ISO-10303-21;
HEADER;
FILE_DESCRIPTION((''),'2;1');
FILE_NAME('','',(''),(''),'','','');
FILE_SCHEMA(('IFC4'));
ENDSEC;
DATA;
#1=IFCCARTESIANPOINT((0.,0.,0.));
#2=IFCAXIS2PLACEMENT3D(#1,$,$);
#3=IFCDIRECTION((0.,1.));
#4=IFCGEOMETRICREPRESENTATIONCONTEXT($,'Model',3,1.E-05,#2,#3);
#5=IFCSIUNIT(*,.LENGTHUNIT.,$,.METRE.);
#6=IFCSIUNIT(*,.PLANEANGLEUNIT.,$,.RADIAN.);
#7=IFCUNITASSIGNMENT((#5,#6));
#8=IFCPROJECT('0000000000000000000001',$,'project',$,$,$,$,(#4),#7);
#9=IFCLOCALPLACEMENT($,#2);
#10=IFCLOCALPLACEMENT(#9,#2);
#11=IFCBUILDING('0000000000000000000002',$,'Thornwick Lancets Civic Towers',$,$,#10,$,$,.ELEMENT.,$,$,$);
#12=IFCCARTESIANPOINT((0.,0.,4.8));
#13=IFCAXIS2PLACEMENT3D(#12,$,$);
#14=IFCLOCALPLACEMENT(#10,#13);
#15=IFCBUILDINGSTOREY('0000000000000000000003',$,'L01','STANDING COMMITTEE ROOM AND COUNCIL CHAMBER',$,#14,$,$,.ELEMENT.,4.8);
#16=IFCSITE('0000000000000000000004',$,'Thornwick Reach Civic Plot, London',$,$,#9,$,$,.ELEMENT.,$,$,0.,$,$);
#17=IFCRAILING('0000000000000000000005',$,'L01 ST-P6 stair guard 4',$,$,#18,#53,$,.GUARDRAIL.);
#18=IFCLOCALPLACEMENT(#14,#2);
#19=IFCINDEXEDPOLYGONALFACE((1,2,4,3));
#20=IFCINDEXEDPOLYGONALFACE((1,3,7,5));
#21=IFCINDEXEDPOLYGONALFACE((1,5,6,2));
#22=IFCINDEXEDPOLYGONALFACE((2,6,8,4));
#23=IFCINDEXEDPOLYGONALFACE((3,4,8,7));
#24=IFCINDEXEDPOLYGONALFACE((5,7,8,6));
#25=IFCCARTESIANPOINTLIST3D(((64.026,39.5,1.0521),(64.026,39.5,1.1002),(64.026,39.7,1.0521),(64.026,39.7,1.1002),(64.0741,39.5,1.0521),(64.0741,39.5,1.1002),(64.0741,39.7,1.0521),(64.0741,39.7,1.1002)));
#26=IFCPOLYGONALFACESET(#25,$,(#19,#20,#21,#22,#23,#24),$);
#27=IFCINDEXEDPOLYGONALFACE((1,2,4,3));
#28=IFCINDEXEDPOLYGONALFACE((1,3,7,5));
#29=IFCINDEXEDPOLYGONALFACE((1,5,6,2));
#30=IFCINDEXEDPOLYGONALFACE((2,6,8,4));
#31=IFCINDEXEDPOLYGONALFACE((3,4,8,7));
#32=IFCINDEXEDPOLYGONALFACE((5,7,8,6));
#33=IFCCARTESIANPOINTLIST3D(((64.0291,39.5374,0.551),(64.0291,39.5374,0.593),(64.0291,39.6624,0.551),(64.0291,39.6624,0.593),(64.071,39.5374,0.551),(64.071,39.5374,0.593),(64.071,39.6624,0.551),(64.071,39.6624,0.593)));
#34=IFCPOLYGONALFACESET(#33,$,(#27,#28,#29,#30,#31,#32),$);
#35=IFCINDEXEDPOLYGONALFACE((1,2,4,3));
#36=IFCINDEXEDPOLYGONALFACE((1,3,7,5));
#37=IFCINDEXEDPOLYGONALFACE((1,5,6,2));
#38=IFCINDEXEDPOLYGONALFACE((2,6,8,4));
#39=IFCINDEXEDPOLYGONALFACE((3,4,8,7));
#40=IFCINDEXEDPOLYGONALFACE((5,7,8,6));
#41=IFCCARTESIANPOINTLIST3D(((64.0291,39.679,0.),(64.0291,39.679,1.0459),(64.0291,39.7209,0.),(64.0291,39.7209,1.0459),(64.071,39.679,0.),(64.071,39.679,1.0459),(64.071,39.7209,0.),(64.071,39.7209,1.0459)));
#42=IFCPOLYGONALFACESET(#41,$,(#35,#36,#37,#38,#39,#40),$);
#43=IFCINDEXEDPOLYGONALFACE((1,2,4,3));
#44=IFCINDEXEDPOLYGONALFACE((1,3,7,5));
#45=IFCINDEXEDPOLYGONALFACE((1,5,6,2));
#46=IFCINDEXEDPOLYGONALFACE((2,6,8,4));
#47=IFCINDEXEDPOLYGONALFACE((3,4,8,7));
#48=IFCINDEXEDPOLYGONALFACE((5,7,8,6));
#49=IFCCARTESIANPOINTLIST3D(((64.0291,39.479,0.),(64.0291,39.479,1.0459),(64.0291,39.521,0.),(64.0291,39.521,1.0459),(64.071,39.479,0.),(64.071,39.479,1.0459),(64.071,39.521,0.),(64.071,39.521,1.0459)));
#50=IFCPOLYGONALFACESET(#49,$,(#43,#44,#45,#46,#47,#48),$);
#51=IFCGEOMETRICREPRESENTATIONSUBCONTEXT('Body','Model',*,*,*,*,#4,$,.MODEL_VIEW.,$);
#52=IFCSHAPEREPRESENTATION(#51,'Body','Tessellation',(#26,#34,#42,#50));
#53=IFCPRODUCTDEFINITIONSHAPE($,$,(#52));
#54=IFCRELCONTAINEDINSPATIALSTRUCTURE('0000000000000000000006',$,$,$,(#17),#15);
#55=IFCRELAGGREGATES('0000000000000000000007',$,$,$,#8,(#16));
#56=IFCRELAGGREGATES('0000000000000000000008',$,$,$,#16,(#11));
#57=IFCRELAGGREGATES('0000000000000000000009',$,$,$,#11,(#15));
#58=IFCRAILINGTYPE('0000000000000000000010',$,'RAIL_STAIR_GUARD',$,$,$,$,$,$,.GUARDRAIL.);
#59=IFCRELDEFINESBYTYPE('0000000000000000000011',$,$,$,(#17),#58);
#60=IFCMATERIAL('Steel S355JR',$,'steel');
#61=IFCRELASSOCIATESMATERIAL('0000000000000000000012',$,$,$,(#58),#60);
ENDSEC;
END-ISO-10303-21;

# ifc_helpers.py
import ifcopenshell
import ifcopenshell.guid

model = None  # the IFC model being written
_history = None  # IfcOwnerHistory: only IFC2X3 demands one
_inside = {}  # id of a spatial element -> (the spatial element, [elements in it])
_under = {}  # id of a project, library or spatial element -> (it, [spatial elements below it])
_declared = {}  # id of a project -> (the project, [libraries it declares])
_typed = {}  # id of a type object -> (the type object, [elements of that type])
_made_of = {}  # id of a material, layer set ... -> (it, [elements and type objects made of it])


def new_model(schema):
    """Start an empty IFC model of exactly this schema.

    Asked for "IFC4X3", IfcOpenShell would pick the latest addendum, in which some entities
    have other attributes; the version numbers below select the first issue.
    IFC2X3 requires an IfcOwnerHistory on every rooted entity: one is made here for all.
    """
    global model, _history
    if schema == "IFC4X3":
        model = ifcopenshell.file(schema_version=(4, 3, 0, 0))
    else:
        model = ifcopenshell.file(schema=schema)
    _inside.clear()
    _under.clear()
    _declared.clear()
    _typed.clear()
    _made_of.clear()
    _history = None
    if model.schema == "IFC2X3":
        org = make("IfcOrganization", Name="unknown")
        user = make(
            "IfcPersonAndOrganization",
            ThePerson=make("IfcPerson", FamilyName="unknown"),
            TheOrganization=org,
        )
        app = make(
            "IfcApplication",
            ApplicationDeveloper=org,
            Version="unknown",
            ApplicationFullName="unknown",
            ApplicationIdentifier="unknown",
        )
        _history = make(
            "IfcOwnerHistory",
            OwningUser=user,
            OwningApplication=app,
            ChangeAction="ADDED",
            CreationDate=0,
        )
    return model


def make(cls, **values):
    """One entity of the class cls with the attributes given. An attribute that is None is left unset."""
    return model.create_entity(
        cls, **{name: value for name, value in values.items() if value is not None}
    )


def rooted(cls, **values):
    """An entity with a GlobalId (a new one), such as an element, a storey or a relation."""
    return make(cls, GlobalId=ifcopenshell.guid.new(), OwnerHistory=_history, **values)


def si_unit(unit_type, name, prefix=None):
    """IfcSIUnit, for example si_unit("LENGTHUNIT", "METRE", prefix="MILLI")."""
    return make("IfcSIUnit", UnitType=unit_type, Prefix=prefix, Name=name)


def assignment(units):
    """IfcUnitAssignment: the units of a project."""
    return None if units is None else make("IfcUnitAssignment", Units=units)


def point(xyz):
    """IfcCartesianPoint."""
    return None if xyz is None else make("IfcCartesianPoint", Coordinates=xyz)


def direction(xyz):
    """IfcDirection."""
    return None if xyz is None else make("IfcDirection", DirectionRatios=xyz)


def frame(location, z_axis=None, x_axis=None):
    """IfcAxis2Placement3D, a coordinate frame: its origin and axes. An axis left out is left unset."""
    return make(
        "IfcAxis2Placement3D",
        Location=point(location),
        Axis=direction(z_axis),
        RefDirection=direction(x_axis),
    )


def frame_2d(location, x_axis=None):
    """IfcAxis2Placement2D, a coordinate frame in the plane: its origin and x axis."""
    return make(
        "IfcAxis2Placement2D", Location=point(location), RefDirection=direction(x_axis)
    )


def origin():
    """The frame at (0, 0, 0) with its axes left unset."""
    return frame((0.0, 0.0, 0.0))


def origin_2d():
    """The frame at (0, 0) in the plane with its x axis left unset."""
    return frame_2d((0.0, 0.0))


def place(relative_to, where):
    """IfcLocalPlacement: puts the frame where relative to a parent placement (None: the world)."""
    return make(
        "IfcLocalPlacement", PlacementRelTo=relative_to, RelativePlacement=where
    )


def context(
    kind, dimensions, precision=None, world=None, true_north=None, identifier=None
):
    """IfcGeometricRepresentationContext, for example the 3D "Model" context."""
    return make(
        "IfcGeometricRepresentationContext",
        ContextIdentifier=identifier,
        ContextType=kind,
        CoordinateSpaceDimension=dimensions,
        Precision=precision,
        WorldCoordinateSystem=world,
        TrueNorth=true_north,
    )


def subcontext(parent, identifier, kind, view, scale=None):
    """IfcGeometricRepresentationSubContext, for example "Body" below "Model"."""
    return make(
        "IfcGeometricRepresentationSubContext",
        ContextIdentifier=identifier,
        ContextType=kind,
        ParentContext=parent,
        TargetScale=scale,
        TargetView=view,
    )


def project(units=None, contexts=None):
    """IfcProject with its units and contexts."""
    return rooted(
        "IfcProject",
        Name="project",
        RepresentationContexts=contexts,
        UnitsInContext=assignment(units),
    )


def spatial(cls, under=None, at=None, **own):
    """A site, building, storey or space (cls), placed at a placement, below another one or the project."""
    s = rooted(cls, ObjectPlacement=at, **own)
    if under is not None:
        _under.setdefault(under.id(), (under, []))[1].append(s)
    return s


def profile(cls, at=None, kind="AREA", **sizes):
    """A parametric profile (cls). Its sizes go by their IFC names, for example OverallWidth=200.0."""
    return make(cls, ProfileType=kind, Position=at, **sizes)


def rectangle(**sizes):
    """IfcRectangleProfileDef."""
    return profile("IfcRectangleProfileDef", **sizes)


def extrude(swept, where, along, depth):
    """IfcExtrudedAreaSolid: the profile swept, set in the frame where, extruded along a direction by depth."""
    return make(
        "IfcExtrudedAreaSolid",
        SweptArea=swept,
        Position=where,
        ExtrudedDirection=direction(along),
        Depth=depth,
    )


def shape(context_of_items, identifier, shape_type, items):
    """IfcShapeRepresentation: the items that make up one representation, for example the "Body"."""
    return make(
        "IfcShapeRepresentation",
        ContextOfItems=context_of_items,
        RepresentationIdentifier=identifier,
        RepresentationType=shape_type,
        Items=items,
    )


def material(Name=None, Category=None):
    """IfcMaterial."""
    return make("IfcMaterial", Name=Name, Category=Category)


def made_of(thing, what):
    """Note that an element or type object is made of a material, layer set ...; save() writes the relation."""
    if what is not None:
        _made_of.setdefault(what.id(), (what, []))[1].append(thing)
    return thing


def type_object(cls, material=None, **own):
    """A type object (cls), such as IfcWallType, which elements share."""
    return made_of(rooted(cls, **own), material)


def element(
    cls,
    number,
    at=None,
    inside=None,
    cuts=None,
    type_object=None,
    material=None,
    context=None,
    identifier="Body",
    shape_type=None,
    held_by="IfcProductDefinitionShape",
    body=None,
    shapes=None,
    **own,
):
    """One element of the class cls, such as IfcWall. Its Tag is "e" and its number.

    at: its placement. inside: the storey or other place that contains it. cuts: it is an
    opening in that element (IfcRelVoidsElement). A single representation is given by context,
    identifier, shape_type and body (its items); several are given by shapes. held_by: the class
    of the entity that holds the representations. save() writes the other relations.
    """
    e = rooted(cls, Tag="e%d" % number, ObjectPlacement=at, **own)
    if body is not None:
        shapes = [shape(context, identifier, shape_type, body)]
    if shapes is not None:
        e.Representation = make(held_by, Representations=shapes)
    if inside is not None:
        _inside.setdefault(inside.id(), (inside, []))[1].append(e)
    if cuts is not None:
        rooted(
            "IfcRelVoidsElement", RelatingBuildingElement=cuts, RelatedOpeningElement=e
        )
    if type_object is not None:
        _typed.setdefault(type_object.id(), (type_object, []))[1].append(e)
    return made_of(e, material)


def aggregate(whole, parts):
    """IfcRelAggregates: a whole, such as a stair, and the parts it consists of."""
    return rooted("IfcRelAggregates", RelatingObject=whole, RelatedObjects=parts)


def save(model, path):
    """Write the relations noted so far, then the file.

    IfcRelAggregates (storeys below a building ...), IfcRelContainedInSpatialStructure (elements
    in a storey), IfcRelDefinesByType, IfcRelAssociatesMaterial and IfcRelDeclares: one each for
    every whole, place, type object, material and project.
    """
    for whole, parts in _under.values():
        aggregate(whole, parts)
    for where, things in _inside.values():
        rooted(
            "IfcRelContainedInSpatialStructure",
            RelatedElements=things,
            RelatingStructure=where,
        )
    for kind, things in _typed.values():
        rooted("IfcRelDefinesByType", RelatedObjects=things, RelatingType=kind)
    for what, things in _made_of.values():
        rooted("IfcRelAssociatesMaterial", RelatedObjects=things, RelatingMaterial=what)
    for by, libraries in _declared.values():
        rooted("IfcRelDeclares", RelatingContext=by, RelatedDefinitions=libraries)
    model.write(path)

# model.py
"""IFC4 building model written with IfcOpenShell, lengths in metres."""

from ifc_helpers import new_model, si_unit, direction, frame, origin, origin_2d, place, context, subcontext, project, spatial, rectangle, extrude, material, type_object, element, save


model = new_model("IFC4")

# Units and contexts
model_context = context("Model", 3, precision=1e-05, world=origin(), true_north=direction((0.0, 1.0)))
body_context = subcontext(model_context, "Body", "Model", "MODEL_VIEW")
ifc_project = project(units=[si_unit("LENGTHUNIT", "METRE"), si_unit("PLANEANGLEUNIT", "RADIAN")], contexts=[model_context])

# Site, building, storey
site_placement = place(None, origin())
site = spatial("IfcSite", under=ifc_project, at=site_placement, Name="Thornwick Reach Civic Plot, London", CompositionType="ELEMENT", RefElevation=0.0)
building_placement = place(site_placement, origin())
building = spatial("IfcBuilding", under=site, at=building_placement, Name="Thornwick Lancets Civic Towers", CompositionType="ELEMENT")
storey_placement = place(building_placement, frame((0.0, 0.0, 4.8)))
storey = spatial("IfcBuildingStorey", under=building, at=storey_placement, Name="L01", Description="STANDING COMMITTEE ROOM AND COUNCIL CHAMBER", CompositionType="ELEMENT", Elevation=4.8)

# Shared definitions
ifc_material_1 = material(Name="Steel S355JR", Category="steel")

# Railing
railing_type_1 = type_object("IfcRailingType", Name="RAIL_STAIR_GUARD", PredefinedType="GUARDRAIL", material=ifc_material_1)
railing_1_placement = place(storey_placement, frame((64.05, 39.7, 0.0)))
element("IfcRailing", 1, at=railing_1_placement, inside=storey, type_object=railing_type_1, Name="L01 ST-P6 stair guard 4", PredefinedType="GUARDRAIL", context=body_context, shape_type="SweptSolid", body=[
    extrude(rectangle(XDim=0.0481, YDim=0.0481, at=origin_2d()), frame((0.0, 0.0, 1.0762), z_axis=(0.0, -1.0, 0.0), x_axis=(1.0, 0.0, 0.0)), (0.0, 0.0, 1.0), 0.2),
    extrude(rectangle(XDim=0.042, YDim=0.042, at=origin_2d()), frame((0.0, -0.0376, 0.572), z_axis=(0.0, -1.0, 0.0), x_axis=(1.0, 0.0, 0.0)), (0.0, 0.0, 1.0), 0.125),
    extrude(rectangle(XDim=0.042, YDim=0.042, at=origin_2d()), origin(), (0.0, 0.0, 1.0), 1.0459),
    extrude(rectangle(XDim=0.042, YDim=0.042, at=origin_2d()), frame((0.0, -0.2, 0.0)), (0.0, 0.0, 1.0), 1.0459),
])

save(model, "model.ifc")
